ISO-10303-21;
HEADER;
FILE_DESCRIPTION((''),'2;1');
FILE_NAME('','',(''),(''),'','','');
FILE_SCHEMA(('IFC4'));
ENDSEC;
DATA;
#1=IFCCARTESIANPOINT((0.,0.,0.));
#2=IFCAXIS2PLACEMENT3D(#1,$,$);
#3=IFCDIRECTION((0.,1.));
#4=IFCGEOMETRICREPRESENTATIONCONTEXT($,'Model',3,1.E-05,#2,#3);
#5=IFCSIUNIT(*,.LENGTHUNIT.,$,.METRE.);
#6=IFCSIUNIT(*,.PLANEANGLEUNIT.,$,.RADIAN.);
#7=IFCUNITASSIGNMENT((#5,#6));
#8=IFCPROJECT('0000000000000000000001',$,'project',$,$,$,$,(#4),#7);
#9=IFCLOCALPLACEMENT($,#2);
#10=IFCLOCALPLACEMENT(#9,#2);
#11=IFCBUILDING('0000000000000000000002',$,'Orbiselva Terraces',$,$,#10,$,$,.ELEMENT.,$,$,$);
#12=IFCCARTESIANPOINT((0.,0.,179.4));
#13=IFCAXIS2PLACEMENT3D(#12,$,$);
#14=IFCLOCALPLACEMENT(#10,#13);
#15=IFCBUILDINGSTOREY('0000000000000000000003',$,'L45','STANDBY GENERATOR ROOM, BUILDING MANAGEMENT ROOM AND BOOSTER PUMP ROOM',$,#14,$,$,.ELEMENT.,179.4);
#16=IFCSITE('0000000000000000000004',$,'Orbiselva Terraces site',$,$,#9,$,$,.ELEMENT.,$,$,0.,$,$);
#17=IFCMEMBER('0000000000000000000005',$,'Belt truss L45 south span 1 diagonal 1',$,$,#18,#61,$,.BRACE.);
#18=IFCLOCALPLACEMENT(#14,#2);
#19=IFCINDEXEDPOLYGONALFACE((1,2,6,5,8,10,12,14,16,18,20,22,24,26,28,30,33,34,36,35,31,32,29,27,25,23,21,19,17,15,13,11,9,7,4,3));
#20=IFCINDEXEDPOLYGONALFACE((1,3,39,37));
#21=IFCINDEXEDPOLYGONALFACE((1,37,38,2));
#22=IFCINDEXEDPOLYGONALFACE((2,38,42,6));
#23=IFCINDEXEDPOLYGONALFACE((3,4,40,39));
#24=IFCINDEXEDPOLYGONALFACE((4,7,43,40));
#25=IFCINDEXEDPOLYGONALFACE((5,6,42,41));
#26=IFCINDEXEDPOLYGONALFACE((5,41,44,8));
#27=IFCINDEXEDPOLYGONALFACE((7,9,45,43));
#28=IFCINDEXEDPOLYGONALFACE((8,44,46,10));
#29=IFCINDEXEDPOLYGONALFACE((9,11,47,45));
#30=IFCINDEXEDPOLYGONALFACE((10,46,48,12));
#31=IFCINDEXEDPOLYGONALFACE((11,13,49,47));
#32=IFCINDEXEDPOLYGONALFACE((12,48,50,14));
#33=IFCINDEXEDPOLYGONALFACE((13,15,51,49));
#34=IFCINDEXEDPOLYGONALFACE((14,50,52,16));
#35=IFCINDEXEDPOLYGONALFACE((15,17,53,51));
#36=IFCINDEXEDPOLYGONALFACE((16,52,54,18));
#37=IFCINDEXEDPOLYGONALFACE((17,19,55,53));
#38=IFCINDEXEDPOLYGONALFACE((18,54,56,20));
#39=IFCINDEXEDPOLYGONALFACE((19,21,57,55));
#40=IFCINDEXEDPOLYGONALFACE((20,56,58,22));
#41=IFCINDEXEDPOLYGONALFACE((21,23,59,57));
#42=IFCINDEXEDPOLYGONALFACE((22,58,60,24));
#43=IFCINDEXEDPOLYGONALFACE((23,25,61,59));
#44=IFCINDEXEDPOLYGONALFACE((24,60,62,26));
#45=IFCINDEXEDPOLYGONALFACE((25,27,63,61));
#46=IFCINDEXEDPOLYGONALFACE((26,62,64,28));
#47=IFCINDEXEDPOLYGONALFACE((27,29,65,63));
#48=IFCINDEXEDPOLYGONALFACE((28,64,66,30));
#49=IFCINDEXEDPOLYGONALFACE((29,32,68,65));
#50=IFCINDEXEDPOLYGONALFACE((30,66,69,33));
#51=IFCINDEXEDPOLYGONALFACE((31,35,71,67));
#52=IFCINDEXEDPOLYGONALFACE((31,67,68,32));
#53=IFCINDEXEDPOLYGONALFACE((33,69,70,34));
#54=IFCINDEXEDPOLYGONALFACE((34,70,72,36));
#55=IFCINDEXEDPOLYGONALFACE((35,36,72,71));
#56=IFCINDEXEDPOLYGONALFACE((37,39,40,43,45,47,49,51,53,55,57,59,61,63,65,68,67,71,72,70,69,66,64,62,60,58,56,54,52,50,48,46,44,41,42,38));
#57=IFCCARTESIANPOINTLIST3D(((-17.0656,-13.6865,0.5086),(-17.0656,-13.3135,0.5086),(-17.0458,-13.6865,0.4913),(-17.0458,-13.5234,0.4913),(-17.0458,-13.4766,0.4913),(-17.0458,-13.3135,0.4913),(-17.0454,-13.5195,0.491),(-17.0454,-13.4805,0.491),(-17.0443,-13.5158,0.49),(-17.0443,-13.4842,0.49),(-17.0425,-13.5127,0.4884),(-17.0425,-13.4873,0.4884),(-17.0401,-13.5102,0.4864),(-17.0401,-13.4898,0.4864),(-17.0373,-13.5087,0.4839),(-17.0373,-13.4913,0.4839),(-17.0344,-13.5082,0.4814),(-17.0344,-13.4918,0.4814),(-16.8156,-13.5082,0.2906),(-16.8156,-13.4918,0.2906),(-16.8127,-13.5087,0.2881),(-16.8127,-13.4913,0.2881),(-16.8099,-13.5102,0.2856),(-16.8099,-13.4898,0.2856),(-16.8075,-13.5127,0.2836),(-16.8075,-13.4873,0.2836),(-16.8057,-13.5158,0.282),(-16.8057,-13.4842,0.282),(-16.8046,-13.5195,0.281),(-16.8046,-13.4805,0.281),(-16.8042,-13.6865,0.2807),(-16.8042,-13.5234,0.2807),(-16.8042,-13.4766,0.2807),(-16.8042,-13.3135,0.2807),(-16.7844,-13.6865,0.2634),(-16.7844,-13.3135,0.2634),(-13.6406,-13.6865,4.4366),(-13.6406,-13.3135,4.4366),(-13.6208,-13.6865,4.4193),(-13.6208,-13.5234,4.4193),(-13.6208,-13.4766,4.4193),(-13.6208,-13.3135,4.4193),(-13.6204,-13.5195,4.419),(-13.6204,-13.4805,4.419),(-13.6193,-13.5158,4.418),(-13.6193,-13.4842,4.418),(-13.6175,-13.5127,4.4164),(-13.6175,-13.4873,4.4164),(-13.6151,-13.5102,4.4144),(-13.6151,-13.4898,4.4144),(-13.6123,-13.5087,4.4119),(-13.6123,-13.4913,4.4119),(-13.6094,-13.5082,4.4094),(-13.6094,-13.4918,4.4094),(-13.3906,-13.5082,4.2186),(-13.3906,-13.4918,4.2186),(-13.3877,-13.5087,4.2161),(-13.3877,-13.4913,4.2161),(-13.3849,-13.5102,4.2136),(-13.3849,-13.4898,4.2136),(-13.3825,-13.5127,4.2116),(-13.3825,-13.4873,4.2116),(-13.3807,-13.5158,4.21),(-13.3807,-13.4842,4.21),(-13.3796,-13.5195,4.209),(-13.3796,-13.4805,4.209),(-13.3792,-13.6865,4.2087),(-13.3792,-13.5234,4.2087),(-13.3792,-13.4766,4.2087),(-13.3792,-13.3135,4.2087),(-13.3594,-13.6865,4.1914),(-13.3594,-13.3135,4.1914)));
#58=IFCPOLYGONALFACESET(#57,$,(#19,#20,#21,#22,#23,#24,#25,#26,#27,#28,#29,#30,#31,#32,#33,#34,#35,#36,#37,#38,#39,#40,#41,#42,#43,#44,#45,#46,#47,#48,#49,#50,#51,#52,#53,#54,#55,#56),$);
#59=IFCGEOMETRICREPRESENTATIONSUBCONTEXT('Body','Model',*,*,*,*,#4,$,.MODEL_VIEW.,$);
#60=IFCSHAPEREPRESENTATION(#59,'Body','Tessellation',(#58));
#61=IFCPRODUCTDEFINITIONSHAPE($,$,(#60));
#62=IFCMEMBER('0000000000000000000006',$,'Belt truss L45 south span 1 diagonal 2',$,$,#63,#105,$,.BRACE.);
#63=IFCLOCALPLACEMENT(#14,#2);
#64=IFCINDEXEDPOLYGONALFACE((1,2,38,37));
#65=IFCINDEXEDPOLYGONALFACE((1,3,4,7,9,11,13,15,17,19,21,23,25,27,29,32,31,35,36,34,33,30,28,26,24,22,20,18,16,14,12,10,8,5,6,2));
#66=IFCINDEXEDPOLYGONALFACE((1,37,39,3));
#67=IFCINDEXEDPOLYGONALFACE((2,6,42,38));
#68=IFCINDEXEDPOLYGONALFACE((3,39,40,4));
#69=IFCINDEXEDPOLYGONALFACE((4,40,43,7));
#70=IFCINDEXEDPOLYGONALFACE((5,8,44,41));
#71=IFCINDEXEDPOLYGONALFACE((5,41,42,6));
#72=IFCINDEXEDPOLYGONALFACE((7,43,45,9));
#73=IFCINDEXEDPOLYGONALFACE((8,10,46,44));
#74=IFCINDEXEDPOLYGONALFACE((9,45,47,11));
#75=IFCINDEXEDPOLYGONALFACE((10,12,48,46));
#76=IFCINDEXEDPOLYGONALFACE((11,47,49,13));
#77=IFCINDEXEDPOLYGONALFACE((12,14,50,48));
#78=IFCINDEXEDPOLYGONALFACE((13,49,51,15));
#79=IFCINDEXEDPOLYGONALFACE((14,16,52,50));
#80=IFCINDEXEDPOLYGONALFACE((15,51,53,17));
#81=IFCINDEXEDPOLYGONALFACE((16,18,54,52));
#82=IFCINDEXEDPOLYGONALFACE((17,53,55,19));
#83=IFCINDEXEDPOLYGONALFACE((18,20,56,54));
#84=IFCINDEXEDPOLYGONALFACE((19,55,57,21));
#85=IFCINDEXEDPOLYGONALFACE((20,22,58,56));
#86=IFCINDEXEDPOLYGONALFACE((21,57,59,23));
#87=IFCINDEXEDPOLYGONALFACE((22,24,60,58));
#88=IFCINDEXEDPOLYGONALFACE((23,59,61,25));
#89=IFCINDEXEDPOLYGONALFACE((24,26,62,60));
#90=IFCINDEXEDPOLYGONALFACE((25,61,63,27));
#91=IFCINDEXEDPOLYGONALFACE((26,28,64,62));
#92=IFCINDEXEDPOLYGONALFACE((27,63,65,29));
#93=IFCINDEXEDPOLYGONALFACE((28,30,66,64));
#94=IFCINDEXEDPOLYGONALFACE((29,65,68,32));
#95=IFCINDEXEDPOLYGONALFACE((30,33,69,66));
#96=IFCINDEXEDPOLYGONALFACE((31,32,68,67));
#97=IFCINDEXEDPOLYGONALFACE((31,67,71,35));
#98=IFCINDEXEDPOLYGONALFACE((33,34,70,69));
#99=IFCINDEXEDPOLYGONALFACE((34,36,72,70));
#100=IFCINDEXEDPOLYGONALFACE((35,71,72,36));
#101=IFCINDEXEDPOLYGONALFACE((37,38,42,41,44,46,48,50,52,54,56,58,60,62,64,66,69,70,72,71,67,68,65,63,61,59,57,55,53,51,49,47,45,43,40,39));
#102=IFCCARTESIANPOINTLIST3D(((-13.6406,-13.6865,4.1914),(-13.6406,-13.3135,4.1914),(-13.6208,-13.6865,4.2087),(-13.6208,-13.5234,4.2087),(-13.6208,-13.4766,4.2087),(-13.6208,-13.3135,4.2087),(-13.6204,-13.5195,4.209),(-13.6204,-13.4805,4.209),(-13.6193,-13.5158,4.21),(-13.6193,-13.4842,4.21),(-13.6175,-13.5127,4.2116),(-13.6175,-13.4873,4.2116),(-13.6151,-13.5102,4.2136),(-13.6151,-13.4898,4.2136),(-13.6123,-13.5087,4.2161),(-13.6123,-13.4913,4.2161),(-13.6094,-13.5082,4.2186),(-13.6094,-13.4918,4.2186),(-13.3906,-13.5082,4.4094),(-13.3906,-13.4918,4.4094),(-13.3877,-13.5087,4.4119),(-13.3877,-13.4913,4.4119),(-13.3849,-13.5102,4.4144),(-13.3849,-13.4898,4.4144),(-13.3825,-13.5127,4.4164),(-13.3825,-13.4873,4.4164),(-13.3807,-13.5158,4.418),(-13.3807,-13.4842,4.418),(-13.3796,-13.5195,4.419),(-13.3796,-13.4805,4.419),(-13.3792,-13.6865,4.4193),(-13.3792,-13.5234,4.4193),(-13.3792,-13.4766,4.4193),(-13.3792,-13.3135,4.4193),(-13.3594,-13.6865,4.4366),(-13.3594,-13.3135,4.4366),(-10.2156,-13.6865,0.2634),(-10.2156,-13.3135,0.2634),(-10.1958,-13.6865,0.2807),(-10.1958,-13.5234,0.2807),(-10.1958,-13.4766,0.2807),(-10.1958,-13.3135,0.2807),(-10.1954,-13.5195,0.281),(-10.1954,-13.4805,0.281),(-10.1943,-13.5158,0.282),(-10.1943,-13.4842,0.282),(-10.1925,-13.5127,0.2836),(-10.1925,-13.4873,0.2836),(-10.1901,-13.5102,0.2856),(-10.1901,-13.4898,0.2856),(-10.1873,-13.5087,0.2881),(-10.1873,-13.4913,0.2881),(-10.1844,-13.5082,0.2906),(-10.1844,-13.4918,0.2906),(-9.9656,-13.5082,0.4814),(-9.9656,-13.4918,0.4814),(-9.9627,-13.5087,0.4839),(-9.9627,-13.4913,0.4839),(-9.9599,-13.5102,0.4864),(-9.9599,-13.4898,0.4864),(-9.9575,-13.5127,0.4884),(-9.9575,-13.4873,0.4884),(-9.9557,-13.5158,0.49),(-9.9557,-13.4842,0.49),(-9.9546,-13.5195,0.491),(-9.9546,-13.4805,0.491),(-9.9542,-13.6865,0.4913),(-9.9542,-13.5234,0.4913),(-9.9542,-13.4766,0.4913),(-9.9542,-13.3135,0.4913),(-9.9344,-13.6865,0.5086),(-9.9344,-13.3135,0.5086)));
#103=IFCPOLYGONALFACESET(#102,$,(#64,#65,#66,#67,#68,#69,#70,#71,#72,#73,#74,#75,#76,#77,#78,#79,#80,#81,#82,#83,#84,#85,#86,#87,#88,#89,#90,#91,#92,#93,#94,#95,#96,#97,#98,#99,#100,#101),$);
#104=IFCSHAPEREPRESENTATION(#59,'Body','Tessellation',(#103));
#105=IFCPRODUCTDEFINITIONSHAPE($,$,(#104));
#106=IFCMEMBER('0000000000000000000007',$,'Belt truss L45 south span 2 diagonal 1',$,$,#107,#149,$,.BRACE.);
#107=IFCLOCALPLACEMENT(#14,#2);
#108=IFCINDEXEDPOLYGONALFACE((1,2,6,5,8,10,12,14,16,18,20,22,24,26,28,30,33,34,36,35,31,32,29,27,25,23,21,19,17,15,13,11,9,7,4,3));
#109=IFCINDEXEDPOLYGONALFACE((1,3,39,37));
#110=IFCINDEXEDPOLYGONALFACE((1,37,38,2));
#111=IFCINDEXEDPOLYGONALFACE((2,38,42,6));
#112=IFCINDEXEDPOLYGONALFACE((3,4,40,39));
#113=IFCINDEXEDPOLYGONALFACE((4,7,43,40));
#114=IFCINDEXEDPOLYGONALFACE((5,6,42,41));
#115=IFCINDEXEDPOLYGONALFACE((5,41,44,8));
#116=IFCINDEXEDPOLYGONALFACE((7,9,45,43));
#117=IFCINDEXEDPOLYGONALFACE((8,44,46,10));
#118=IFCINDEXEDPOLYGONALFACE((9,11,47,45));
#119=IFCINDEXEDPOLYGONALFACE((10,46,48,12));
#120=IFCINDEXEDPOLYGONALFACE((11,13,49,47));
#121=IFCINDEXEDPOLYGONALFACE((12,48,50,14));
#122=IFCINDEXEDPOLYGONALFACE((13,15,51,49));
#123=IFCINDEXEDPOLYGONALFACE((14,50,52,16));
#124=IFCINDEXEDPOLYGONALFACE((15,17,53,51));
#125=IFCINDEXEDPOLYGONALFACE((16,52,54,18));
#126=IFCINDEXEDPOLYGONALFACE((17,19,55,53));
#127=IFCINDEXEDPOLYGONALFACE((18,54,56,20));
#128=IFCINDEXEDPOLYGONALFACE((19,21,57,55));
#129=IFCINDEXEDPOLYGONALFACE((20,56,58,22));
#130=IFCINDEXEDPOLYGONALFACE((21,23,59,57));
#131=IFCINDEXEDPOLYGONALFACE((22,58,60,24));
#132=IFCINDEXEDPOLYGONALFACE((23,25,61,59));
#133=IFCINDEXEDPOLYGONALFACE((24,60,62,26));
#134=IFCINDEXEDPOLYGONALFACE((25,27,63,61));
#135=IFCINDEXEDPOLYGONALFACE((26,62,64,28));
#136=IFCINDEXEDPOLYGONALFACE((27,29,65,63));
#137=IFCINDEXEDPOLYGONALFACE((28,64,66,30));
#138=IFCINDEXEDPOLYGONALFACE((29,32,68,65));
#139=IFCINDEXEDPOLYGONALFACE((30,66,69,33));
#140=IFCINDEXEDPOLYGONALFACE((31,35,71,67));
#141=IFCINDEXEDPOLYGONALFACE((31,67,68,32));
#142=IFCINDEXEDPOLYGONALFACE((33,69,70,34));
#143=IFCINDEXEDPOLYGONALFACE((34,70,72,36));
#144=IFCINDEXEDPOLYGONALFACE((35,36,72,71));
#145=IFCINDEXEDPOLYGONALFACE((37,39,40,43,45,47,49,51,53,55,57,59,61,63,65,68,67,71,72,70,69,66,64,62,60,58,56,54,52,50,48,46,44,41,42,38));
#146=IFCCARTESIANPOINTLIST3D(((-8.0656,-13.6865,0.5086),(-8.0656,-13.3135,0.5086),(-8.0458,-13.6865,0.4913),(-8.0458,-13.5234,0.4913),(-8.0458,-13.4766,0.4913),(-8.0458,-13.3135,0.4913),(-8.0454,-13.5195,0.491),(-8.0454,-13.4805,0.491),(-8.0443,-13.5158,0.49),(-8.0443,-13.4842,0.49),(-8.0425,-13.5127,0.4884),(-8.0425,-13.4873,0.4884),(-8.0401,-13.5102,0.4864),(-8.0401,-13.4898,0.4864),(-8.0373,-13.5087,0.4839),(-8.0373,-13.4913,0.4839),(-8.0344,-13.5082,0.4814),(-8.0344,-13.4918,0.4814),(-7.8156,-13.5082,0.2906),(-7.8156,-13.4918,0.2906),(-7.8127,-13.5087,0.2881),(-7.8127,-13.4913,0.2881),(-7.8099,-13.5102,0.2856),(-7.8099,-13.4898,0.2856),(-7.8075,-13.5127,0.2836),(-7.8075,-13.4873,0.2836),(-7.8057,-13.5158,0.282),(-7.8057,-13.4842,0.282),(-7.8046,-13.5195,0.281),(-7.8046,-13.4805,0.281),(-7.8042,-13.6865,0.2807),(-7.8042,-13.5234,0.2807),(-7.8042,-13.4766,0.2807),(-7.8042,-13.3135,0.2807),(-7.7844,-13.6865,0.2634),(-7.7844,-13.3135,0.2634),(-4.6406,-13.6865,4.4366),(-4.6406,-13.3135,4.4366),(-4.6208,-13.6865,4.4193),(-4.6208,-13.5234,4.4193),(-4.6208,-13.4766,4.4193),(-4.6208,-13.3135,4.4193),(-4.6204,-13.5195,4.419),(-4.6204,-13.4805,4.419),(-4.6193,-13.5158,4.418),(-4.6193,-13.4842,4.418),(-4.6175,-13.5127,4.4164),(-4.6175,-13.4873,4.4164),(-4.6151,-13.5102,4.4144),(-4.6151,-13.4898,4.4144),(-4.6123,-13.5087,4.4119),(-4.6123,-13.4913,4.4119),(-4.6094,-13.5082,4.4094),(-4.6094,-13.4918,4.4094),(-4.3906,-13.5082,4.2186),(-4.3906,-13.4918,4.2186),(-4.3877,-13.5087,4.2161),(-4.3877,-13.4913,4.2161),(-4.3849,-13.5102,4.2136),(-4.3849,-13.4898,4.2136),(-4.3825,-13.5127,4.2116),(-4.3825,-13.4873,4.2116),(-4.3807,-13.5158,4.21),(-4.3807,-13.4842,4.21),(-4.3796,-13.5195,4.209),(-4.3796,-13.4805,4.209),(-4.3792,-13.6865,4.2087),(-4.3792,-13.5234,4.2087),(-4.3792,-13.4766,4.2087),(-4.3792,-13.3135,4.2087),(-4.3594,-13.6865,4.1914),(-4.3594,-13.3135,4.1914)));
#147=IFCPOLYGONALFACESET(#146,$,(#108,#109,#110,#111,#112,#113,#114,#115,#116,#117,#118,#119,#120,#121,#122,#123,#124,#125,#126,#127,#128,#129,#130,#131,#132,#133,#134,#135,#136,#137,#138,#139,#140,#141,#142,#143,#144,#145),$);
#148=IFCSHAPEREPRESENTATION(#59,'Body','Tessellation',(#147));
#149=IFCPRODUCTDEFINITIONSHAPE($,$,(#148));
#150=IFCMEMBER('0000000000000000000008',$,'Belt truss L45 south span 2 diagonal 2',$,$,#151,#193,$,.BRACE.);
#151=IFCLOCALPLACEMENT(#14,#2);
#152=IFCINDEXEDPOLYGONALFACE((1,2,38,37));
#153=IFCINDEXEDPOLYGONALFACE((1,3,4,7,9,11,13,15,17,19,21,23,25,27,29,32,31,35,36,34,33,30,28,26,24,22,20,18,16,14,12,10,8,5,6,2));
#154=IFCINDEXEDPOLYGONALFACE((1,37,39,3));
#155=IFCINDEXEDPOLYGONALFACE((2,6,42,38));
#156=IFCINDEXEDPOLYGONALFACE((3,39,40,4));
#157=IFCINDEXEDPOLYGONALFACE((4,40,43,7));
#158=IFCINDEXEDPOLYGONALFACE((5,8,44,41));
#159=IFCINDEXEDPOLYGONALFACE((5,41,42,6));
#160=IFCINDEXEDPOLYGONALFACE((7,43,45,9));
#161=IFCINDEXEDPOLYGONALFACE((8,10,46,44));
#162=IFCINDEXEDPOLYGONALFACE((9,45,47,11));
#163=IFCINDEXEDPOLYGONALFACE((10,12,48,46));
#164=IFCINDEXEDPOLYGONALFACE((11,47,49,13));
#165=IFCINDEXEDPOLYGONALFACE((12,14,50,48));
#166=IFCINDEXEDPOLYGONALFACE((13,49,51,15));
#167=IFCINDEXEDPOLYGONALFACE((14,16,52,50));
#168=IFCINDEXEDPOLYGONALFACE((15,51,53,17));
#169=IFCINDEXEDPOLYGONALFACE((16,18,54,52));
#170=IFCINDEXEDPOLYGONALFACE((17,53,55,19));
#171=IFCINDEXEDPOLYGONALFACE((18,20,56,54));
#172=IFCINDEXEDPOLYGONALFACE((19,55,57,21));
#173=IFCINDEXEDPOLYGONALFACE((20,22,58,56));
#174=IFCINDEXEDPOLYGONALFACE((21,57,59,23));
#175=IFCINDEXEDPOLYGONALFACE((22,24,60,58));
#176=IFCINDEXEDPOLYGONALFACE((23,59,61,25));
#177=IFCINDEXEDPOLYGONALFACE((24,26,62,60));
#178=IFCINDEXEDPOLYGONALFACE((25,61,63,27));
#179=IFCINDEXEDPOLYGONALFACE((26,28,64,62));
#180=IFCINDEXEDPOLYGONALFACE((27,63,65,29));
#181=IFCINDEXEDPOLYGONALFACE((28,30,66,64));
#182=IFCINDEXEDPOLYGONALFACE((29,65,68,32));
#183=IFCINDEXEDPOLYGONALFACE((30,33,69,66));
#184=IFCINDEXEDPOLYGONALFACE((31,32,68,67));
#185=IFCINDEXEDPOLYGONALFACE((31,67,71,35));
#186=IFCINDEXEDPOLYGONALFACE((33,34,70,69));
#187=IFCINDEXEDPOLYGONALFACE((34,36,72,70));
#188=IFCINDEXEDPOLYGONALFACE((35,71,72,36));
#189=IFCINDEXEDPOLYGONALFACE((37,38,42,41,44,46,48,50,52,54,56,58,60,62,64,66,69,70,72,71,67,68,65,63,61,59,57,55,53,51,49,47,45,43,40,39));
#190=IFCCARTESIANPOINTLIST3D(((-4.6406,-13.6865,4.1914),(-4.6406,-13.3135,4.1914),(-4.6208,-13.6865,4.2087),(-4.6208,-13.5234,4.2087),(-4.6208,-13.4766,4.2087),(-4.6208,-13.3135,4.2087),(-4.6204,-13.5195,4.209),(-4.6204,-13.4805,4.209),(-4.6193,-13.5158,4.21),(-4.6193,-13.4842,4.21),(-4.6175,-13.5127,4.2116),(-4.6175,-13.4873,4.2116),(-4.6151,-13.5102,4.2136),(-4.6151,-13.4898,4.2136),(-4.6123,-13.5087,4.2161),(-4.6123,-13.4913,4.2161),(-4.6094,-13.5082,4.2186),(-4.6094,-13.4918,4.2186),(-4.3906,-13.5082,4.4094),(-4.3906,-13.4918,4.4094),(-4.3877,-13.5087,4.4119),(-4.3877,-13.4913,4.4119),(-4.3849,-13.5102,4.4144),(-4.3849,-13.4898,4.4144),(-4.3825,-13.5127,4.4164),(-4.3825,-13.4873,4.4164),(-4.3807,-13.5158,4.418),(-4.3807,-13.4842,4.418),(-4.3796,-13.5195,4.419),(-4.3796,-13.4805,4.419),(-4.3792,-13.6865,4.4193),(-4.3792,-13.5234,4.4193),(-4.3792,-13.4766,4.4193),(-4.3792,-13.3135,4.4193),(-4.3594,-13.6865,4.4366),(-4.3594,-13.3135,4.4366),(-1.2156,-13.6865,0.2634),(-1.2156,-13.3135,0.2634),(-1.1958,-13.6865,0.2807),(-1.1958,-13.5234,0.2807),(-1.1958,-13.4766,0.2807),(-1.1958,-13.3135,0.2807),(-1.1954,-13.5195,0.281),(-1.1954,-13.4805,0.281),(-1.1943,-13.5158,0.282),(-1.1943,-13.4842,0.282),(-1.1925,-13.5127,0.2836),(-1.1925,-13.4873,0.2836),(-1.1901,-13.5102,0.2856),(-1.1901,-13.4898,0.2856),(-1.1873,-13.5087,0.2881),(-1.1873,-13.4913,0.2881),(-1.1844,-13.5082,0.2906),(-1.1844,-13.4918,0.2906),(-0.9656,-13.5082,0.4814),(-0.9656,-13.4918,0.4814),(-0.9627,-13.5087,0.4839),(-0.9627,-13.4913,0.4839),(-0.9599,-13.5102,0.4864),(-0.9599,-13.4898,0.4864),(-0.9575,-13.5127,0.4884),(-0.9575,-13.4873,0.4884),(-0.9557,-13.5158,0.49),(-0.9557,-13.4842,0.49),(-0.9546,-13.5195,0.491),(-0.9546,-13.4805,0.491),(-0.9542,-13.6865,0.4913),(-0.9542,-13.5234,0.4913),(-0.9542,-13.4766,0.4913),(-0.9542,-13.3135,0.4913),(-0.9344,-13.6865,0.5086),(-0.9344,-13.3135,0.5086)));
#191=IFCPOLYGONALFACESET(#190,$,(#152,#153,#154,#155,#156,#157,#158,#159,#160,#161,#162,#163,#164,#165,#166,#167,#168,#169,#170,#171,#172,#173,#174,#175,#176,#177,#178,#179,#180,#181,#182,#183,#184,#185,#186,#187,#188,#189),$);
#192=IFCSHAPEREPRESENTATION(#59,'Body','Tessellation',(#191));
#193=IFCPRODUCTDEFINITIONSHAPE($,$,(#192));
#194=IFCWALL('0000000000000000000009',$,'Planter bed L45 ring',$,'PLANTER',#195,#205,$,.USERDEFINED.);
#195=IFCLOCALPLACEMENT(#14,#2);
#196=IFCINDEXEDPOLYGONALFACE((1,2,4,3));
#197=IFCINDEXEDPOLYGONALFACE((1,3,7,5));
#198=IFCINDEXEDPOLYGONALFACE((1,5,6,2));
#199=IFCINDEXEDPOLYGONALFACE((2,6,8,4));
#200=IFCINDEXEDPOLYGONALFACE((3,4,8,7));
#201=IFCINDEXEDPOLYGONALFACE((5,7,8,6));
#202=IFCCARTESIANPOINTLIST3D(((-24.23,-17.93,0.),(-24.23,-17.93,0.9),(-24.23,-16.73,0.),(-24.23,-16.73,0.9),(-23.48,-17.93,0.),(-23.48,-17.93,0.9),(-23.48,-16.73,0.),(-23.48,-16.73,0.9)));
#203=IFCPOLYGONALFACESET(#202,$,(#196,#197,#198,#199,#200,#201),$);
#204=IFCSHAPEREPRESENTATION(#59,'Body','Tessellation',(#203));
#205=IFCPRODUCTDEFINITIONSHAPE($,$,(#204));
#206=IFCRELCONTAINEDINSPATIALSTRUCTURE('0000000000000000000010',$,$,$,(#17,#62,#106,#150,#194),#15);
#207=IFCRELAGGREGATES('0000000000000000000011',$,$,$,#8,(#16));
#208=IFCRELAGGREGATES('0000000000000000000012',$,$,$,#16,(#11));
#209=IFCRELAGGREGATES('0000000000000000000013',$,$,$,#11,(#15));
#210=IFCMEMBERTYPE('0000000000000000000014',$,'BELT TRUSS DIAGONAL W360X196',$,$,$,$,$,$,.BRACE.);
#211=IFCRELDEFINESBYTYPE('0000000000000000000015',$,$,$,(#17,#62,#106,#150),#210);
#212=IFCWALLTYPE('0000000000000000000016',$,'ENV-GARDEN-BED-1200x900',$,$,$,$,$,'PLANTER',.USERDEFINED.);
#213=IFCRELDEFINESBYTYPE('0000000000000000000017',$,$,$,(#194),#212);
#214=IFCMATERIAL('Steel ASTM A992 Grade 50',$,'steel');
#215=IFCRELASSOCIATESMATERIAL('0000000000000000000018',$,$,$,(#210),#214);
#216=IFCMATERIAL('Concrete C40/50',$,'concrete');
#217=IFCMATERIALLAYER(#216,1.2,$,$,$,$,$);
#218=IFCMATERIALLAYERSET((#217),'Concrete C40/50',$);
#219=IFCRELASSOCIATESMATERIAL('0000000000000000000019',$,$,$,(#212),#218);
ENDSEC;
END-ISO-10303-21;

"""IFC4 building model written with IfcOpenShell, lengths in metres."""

from ifc_helpers import new_model, si_unit, direction, frame, frame_2d, origin, origin_2d, place, context, subcontext, project, spatial, rectangle, i_section, extrude, material, layer, layer_set, material_profile, profile_set, type_object, element, save


model = new_model("IFC4")

# Units and contexts
model_context = context("Model", 3, precision=1e-05, world=origin(), true_north=direction((0.0, 1.0)))
body_context = subcontext(model_context, "Body", "Model", "MODEL_VIEW")
ifc_project = project(units=[si_unit("LENGTHUNIT", "METRE"), si_unit("PLANEANGLEUNIT", "RADIAN")], contexts=[model_context])

# Site, building, storey
site_placement = place(None, origin())
site = spatial("IfcSite", under=ifc_project, at=site_placement, Name="Orbiselva Terraces site", CompositionType="ELEMENT", RefElevation=0.0)
building_placement = place(site_placement, origin())
building = spatial("IfcBuilding", under=site, at=building_placement, Name="Orbiselva Terraces", CompositionType="ELEMENT")
storey_placement = place(building_placement, frame((0.0, 0.0, 179.4)))
storey = spatial("IfcBuildingStorey", under=building, at=storey_placement, Name="L45", Description="STANDBY GENERATOR ROOM, BUILDING MANAGEMENT ROOM AND BOOSTER PUMP ROOM", CompositionType="ELEMENT", Elevation=179.4)

# Members
ifc_material_1 = material(Name="Steel ASTM A992 Grade 50", Category="steel")
ifc_material_profile_1 = material_profile(ifc_material_1, i_section(OverallWidth=0.373, OverallDepth=0.373, WebThickness=0.0164, FlangeThickness=0.0262, FilletRadius=0.0152, at=origin_2d()), Name="W360X196")
ifc_profile_set_1 = profile_set([ifc_material_profile_1], Name="Steel ASTM A992 Grade 50")
member_type_1 = type_object("IfcMemberType", Name="BELT TRUSS DIAGONAL W360X196", PredefinedType="BRACE", material=ifc_profile_set_1)
for number, where, z_axis, x_axis, name in (
    (1, (-16.925, -13.5, 0.386), (0.657199, 0.0, 0.753717), (0.0, 1.0, 0.0), "Belt truss L45 south span 1 diagonal 1"),
    (2, (-13.5, -13.5, 4.314), (0.657199, 0.0, -0.753717), (0.0, 1.0, 0.0), "Belt truss L45 south span 1 diagonal 2"),
    (3, (-7.925, -13.5, 0.386), (0.657199, 0.0, 0.753717), (0.0, 1.0, 0.0), "Belt truss L45 south span 2 diagonal 1"),
    (4, (-4.5, -13.5, 4.314), (0.657199, 0.0, -0.753717), (0.0, 1.0, 0.0), "Belt truss L45 south span 2 diagonal 2"),
):
    element("IfcMember", number, at=place(storey_placement, frame(where, z_axis=z_axis, x_axis=x_axis)), inside=storey, type_object=member_type_1, Name=name, PredefinedType="BRACE", context=body_context, shape_type="SweptSolid", body=[
        extrude(i_section(OverallWidth=0.373, OverallDepth=0.373, WebThickness=0.0164, FlangeThickness=0.0262, FilletRadius=0.0152, at=origin_2d()), origin(), (0.0, 0.0, 1.0), 5.2115),
    ])

# Wall
ifc_material_2 = material(Name="Concrete C40/50", Category="concrete")
ifc_layer_1 = layer(ifc_material_2, 1.2)
ifc_layer_set_1 = layer_set([ifc_layer_1], Name="Concrete C40/50")
wall_type_1 = type_object("IfcWallType", Name="ENV-GARDEN-BED-1200x900", ElementType="PLANTER", PredefinedType="USERDEFINED", material=ifc_layer_set_1)
wall_1_placement = place(storey_placement, frame((-24.23, -17.33, 0.0), z_axis=(0.0, 0.0, 1.0), x_axis=(1.0, 0.0, 0.0)))
element("IfcWall", 5, at=wall_1_placement, inside=storey, type_object=wall_type_1, Name="Planter bed L45 ring", ObjectType="PLANTER", PredefinedType="USERDEFINED", context=body_context, shape_type="SweptSolid", body=[
    extrude(rectangle(XDim=0.75, YDim=1.2, at=frame_2d((0.375, 0.0))), origin(), (0.0, 0.0, 1.0), 0.9),
])

save(model, "model.ifc")
